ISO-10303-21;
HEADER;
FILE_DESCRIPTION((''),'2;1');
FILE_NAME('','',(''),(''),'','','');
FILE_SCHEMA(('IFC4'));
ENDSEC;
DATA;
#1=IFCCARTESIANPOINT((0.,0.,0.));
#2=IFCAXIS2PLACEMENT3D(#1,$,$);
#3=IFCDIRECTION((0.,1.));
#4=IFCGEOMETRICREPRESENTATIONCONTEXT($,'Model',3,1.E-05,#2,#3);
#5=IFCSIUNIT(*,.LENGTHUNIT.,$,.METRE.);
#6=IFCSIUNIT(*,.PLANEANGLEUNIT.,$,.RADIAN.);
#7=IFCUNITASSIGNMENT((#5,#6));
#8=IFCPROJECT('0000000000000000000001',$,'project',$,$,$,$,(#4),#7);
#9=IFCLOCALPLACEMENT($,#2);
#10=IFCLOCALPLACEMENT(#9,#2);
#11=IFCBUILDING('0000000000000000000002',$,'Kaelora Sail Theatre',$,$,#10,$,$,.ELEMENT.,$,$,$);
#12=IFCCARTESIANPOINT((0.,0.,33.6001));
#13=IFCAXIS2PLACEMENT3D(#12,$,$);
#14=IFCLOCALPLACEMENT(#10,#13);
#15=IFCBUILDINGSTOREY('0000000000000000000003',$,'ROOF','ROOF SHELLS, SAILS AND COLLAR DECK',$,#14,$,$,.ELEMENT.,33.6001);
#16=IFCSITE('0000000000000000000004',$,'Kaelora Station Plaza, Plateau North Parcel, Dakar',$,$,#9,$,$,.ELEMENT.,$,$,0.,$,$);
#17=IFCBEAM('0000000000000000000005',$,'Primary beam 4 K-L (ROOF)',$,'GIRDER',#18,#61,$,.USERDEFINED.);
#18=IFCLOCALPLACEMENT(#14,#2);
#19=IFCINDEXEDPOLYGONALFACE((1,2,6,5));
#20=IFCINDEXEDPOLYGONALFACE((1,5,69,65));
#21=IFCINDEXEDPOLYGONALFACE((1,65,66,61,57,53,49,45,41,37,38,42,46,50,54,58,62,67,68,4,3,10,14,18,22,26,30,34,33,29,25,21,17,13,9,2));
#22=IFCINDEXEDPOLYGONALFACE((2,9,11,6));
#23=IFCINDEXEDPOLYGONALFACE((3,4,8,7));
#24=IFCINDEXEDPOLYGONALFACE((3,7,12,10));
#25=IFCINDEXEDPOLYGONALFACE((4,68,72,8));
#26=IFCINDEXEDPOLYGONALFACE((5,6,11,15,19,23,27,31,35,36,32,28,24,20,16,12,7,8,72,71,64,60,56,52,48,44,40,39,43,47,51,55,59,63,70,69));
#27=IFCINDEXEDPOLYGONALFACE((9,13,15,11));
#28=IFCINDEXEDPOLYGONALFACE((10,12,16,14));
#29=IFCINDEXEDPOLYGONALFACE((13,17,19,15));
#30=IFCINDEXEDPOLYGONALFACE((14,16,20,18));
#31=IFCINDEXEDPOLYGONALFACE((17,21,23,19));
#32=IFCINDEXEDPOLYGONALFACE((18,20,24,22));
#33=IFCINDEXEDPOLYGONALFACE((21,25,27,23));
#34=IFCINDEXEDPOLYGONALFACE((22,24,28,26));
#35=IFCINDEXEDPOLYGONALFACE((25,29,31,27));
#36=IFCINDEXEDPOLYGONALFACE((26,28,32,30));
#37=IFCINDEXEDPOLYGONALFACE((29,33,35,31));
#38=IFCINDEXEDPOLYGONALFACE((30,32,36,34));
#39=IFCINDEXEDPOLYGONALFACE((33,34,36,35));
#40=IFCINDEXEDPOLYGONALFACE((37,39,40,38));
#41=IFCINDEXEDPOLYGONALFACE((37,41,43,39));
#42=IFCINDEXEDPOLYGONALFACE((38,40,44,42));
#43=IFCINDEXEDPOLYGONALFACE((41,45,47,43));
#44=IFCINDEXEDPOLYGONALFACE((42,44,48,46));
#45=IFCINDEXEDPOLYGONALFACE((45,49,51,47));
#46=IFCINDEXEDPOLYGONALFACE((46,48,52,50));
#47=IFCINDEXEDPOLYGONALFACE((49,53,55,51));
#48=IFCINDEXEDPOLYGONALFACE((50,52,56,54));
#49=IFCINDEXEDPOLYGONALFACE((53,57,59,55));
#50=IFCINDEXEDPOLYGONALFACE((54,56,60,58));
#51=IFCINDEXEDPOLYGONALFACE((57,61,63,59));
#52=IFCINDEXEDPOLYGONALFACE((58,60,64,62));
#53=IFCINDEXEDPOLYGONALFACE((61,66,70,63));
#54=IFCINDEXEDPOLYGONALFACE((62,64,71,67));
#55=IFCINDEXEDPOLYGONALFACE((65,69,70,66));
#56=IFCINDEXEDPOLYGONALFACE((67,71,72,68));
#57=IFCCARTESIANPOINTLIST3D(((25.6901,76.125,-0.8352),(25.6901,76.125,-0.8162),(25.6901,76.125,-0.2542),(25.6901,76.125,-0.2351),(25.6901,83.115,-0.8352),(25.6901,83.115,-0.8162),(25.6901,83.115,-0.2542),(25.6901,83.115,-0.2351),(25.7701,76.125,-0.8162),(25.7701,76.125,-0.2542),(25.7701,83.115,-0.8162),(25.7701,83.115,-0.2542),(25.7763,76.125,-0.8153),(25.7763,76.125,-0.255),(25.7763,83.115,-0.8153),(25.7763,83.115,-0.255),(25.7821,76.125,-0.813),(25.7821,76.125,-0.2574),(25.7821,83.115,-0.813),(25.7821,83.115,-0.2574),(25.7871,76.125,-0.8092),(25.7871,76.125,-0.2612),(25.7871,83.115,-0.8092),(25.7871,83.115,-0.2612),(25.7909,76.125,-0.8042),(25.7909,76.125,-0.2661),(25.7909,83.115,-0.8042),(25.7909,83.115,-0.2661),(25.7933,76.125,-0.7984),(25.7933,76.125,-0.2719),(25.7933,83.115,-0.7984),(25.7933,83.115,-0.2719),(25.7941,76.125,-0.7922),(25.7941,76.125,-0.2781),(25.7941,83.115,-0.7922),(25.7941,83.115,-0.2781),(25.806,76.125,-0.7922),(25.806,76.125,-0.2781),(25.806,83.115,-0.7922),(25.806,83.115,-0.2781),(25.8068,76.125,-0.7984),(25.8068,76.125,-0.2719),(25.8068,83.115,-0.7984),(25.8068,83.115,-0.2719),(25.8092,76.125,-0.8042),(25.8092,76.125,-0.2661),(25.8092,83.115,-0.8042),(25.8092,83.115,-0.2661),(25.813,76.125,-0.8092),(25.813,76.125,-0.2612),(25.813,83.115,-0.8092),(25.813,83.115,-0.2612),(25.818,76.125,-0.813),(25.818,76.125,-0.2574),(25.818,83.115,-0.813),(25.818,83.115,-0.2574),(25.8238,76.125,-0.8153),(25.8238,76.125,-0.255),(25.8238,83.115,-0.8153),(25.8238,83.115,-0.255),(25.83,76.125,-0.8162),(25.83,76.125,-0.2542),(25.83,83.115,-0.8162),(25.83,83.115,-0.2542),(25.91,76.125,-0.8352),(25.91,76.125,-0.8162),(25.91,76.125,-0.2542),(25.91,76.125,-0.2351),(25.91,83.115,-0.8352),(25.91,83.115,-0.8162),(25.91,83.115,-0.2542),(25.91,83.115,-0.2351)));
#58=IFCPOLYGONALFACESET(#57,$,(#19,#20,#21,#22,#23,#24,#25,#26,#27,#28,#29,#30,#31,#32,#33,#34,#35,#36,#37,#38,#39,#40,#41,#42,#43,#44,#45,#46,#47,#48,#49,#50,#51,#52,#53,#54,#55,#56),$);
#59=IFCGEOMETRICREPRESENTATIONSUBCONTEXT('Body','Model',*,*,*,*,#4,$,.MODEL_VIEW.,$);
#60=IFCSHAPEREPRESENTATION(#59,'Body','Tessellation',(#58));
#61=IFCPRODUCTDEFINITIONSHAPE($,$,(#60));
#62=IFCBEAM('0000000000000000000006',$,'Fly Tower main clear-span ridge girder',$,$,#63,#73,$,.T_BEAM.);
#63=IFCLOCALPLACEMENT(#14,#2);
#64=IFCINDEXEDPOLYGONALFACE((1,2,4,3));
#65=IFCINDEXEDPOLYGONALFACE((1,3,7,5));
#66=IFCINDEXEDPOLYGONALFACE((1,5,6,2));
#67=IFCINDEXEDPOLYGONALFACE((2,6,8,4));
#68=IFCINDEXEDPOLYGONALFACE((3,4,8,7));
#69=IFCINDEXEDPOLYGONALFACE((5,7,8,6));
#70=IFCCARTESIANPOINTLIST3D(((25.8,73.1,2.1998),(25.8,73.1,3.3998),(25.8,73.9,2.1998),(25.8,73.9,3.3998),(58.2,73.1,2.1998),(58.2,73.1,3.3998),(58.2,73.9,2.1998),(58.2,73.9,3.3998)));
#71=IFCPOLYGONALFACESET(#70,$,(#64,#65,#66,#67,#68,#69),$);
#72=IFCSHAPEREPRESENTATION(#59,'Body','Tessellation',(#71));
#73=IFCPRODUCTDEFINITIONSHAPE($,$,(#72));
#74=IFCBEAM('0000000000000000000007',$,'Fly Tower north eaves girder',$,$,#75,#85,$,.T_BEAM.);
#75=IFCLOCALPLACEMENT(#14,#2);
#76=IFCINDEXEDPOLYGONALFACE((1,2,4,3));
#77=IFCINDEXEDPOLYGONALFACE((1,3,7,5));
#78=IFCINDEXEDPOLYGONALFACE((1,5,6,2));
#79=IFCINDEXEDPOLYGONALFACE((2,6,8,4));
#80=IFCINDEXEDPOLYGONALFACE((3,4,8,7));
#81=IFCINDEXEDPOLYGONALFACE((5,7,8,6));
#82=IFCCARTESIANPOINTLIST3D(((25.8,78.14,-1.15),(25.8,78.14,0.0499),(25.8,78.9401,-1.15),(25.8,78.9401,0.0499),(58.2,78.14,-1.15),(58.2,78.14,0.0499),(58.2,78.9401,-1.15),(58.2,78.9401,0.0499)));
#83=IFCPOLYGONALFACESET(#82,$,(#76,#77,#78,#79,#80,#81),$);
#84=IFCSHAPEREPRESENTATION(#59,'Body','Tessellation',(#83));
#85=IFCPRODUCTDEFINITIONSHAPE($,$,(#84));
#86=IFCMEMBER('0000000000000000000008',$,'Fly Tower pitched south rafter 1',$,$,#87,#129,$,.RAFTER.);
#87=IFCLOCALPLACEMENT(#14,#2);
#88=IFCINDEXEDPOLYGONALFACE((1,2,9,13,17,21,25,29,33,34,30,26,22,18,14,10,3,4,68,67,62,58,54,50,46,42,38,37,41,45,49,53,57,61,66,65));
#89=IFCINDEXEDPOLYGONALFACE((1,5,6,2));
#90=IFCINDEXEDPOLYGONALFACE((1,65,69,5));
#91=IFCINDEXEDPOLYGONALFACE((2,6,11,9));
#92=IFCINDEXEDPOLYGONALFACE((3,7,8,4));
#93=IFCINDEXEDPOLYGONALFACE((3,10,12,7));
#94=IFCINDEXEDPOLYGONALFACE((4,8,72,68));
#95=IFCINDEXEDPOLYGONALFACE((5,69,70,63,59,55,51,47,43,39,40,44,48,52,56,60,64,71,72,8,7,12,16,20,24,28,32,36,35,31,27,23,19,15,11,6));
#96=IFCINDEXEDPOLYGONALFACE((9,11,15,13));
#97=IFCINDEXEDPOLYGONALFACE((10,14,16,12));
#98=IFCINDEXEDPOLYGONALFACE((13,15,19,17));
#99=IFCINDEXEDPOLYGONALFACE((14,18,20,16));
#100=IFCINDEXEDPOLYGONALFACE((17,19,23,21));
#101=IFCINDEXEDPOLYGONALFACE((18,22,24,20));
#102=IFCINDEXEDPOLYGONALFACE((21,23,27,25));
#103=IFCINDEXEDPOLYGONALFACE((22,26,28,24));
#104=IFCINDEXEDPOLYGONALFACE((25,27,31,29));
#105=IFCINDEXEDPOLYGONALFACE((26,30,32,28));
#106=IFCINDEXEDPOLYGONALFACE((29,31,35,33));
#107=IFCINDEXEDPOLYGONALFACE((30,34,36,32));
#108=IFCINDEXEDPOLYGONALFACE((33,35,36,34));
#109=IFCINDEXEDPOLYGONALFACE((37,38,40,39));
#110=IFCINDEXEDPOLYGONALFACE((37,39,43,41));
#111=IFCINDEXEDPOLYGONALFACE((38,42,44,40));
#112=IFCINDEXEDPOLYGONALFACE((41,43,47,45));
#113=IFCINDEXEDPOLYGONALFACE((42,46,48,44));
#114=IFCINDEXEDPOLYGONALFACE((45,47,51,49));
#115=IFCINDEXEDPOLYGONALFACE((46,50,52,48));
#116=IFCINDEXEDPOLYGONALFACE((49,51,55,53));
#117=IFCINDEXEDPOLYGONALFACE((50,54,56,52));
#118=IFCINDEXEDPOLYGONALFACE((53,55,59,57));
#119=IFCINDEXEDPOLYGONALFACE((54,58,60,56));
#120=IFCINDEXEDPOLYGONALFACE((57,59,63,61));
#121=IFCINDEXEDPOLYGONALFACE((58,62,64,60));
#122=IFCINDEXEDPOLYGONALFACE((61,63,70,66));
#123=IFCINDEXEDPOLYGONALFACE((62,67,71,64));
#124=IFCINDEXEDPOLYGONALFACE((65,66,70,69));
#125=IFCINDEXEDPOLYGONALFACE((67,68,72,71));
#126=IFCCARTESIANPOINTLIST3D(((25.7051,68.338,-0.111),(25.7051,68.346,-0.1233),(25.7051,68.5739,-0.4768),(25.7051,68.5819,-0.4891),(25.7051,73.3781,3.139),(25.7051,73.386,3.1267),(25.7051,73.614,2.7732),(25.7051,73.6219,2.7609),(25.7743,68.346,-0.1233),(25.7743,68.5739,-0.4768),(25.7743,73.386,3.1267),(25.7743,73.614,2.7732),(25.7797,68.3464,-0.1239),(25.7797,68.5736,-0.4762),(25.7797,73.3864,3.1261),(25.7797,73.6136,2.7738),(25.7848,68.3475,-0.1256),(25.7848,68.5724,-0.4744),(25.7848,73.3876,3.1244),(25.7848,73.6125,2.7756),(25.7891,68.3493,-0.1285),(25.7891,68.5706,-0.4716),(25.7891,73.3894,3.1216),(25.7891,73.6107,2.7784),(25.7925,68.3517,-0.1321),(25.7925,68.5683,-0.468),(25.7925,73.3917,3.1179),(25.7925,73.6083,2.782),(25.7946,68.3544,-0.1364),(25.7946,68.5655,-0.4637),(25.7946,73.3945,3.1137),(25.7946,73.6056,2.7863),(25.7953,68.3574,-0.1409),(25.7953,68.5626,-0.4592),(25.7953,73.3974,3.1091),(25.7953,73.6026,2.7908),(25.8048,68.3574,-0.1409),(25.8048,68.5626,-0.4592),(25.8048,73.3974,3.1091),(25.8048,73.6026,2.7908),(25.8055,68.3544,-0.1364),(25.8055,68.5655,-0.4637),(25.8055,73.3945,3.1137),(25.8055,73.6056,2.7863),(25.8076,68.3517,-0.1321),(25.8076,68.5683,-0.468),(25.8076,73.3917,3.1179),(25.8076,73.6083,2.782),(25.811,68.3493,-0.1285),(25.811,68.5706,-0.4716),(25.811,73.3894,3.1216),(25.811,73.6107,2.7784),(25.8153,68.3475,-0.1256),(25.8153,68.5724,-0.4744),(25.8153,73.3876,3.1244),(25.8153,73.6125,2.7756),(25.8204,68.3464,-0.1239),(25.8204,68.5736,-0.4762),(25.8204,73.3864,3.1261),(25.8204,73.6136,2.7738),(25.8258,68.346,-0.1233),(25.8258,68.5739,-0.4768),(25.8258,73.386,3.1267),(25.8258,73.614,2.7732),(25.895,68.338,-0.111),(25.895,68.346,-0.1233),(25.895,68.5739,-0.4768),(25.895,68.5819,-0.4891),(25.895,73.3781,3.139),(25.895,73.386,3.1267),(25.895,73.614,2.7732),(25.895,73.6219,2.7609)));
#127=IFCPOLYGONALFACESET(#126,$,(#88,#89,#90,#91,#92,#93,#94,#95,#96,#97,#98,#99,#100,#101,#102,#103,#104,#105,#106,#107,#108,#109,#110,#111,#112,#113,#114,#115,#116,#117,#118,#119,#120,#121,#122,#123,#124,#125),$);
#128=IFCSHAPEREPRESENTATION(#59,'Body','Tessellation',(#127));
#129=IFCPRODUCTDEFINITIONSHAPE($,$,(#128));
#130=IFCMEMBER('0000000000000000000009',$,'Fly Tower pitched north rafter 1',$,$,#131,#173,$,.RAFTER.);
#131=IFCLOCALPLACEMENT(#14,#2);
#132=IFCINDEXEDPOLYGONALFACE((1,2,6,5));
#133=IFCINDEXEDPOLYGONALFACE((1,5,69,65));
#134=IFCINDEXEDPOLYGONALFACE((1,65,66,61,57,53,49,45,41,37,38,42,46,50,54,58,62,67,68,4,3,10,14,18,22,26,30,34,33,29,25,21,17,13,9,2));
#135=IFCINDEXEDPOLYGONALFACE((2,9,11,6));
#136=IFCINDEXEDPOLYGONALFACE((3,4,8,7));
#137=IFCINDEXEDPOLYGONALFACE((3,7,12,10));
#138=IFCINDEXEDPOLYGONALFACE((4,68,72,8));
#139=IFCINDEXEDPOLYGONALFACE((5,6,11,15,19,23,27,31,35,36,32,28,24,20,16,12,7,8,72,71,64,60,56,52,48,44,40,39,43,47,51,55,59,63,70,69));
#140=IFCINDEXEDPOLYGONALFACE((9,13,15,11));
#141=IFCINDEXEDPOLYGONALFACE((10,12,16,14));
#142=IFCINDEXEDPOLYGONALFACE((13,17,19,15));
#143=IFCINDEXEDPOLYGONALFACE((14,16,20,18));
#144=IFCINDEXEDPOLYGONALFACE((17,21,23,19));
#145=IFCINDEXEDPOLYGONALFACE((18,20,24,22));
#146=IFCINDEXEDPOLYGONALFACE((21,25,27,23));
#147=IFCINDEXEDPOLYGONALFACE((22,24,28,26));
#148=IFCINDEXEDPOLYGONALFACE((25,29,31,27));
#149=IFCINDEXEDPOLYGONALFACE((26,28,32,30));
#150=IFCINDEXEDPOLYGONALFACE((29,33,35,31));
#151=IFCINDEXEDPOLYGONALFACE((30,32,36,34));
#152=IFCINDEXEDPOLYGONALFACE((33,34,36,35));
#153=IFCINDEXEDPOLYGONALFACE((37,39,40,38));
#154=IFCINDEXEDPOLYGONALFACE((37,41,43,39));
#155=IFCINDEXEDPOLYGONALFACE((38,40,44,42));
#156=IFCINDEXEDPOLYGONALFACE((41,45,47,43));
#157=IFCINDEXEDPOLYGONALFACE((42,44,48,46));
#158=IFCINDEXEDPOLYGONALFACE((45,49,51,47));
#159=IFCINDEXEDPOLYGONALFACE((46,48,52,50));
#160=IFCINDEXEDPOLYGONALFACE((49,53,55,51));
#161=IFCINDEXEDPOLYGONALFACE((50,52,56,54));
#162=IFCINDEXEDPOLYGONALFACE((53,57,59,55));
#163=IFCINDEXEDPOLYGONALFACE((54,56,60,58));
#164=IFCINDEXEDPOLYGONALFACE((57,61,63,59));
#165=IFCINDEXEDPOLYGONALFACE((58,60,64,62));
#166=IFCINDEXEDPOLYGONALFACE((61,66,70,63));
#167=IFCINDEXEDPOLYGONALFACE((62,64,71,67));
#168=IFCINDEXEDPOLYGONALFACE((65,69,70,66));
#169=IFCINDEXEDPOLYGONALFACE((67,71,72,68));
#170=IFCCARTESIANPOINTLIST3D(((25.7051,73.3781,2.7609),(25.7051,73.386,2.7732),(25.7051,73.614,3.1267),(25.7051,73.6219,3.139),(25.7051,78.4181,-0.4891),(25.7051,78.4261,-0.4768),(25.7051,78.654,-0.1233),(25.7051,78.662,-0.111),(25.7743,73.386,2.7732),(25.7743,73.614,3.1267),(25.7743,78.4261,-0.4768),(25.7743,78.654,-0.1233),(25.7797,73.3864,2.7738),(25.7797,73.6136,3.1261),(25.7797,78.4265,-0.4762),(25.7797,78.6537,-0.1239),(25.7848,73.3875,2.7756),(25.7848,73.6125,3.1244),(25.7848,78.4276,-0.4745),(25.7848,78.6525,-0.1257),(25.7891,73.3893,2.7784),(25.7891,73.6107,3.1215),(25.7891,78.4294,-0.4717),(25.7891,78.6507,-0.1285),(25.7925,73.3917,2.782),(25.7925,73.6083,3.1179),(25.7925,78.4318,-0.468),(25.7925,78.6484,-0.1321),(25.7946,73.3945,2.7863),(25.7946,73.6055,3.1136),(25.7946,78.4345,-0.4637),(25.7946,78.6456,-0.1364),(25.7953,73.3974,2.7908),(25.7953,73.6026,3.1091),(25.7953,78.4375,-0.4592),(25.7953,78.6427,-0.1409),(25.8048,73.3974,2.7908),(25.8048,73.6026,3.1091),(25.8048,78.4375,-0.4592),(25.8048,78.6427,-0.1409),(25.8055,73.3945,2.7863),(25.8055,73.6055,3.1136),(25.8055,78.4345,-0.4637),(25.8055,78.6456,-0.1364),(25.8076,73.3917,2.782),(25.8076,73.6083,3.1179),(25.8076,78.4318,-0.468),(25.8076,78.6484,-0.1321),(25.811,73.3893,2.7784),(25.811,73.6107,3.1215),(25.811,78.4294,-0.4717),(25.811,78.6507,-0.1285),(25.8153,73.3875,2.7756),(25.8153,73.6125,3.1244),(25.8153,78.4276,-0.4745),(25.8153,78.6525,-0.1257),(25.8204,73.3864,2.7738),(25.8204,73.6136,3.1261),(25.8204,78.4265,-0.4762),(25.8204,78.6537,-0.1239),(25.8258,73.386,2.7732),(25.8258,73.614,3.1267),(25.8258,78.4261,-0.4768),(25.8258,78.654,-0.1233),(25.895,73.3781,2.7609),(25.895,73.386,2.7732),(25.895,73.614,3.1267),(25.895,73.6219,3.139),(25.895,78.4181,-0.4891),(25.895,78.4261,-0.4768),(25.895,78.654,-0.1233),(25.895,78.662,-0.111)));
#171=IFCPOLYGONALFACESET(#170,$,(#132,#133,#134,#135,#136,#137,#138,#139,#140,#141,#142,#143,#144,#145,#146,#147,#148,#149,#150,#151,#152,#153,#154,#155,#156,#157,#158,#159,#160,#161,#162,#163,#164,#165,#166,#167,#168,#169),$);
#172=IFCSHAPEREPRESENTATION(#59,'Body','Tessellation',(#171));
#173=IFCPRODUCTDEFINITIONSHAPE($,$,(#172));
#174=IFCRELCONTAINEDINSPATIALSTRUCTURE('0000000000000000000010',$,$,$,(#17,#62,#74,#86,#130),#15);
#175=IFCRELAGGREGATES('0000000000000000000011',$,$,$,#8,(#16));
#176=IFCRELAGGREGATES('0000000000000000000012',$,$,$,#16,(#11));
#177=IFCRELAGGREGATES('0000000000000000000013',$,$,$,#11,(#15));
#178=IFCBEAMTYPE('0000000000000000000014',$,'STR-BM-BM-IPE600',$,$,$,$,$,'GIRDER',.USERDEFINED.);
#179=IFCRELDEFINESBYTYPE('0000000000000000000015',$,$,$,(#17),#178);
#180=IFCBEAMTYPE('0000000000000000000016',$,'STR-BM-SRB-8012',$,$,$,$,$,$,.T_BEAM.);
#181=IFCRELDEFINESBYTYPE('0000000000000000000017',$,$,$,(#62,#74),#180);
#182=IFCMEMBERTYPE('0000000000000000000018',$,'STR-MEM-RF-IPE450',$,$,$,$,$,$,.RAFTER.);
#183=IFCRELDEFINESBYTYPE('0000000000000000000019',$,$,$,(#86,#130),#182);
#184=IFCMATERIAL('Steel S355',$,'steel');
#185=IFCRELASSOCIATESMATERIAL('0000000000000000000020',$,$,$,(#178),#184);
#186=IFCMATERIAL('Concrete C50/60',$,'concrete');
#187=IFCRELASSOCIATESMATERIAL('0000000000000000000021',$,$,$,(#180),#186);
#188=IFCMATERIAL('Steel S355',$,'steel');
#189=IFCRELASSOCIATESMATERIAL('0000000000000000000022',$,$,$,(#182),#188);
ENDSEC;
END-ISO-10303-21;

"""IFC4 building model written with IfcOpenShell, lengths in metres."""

from ifc_helpers import new_model, si_unit, direction, frame, origin, origin_2d, place, context, subcontext, project, spatial, rectangle, i_section, extrude, material, material_profile, profile_set, type_object, element, save


model = new_model("IFC4")

# Units and contexts
model_context = context("Model", 3, precision=1e-05, world=origin(), true_north=direction((0.0, 1.0)))
body_context = subcontext(model_context, "Body", "Model", "MODEL_VIEW")
ifc_project = project(units=[si_unit("LENGTHUNIT", "METRE"), si_unit("PLANEANGLEUNIT", "RADIAN")], contexts=[model_context])

# Site, building, storey
site_placement = place(None, origin())
site = spatial("IfcSite", under=ifc_project, at=site_placement, Name="Kaelora Station Plaza, Plateau North Parcel, Dakar", CompositionType="ELEMENT", RefElevation=0.0)
building_placement = place(site_placement, origin())
building = spatial("IfcBuilding", under=site, at=building_placement, Name="Kaelora Sail Theatre", CompositionType="ELEMENT")
storey_placement = place(building_placement, frame((0.0, 0.0, 33.6001)))
storey = spatial("IfcBuildingStorey", under=building, at=storey_placement, Name="ROOF", Description="ROOF SHELLS, SAILS AND COLLAR DECK", CompositionType="ELEMENT", Elevation=33.6001)

# Beams
ifc_material_1 = material(Name="Steel S355", Category="steel")
ifc_material_profile_1 = material_profile(ifc_material_1, i_section(OverallWidth=0.22, OverallDepth=0.6001, WebThickness=0.012, FlangeThickness=0.019, FilletRadius=0.0239, at=origin_2d()), Name="IPE 600")
ifc_profile_set_1 = profile_set([ifc_material_profile_1], Name="Steel S355")
beam_type_1 = type_object("IfcBeamType", Name="STR-BM-BM-IPE600", ElementType="GIRDER", PredefinedType="USERDEFINED", material=ifc_profile_set_1)
for number, where, z_axis, x_axis, name in (
    (1, (25.8, 76.125, -0.5352), (0.0, 1.0, 0.0), (-1.0, 0.0, 0.0), "Primary beam 4 K-L (ROOF)"),
):
    element("IfcBeam", number, at=place(storey_placement, frame(where, z_axis=z_axis, x_axis=x_axis)), inside=storey, type_object=beam_type_1, Name=name, ObjectType="GIRDER", PredefinedType="USERDEFINED", context=body_context, shape_type="SweptSolid", body=[
        extrude(i_section(OverallWidth=0.22, OverallDepth=0.6001, WebThickness=0.012, FlangeThickness=0.019, FilletRadius=0.0239, at=origin_2d()), origin(), (0.0, 0.0, 1.0), 6.99),
    ])
ifc_material_2 = material(Name="Concrete C50/60", Category="concrete")
ifc_material_profile_2 = material_profile(ifc_material_2, rectangle(XDim=0.8, YDim=1.2, at=origin_2d()), Name="RC-SRB 800x1200")
ifc_profile_set_2 = profile_set([ifc_material_profile_2], Name="Concrete C50/60")
beam_type_2 = type_object("IfcBeamType", Name="STR-BM-SRB-8012", PredefinedType="T_BEAM", material=ifc_profile_set_2)
for number, where, z_axis, x_axis, name in (
    (2, (25.8, 73.5, 2.7998), (1.0, 0.0, 0.0), (0.0, 1.0, 0.0), "Fly Tower main clear-span ridge girder"),
    (3, (25.8, 78.54, -0.55), (1.0, 0.0, 0.0), (0.0, 1.0, 0.0), "Fly Tower north eaves girder"),
):
    element("IfcBeam", number, at=place(storey_placement, frame(where, z_axis=z_axis, x_axis=x_axis)), inside=storey, type_object=beam_type_2, Name=name, PredefinedType="T_BEAM", context=body_context, shape_type="SweptSolid", body=[
        extrude(rectangle(XDim=0.8, YDim=1.2, at=origin_2d()), origin(), (0.0, 0.0, 1.0), 32.3999),
    ])

# Members
ifc_material_3 = material(Name="Steel S355", Category="steel")
ifc_material_profile_3 = material_profile(ifc_material_3, i_section(OverallWidth=0.1899, OverallDepth=0.45, WebThickness=0.0095, FlangeThickness=0.0146, FilletRadius=0.021, at=origin_2d()), Name="IPE 450")
ifc_profile_set_3 = profile_set([ifc_material_profile_3], Name="Steel S355")
member_type = type_object("IfcMemberType", Name="STR-MEM-RF-IPE450", PredefinedType="RAFTER", material=ifc_profile_set_3)
for number, where, z_axis, x_axis, name in (
    (4, (25.8, 68.46, -0.3), (0.0, 0.840421, 0.541934), (-1.0, 0.0, 0.0), "Fly Tower pitched south rafter 1"),
    (5, (25.8, 73.5, 2.95), (0.0, 0.840421, -0.541934), (-1.0, 0.0, 0.0), "Fly Tower pitched north rafter 1"),
):
    element("IfcMember", number, at=place(storey_placement, frame(where, z_axis=z_axis, x_axis=x_axis)), inside=storey, type_object=member_type, Name=name, PredefinedType="RAFTER", context=body_context, shape_type="SweptSolid", body=[
        extrude(i_section(OverallWidth=0.1899, OverallDepth=0.45, WebThickness=0.0095, FlangeThickness=0.0146, FilletRadius=0.021, at=origin_2d()), origin(), (0.0, 0.0, 1.0), 5.9971),
    ])

save(model, "model.ifc")
